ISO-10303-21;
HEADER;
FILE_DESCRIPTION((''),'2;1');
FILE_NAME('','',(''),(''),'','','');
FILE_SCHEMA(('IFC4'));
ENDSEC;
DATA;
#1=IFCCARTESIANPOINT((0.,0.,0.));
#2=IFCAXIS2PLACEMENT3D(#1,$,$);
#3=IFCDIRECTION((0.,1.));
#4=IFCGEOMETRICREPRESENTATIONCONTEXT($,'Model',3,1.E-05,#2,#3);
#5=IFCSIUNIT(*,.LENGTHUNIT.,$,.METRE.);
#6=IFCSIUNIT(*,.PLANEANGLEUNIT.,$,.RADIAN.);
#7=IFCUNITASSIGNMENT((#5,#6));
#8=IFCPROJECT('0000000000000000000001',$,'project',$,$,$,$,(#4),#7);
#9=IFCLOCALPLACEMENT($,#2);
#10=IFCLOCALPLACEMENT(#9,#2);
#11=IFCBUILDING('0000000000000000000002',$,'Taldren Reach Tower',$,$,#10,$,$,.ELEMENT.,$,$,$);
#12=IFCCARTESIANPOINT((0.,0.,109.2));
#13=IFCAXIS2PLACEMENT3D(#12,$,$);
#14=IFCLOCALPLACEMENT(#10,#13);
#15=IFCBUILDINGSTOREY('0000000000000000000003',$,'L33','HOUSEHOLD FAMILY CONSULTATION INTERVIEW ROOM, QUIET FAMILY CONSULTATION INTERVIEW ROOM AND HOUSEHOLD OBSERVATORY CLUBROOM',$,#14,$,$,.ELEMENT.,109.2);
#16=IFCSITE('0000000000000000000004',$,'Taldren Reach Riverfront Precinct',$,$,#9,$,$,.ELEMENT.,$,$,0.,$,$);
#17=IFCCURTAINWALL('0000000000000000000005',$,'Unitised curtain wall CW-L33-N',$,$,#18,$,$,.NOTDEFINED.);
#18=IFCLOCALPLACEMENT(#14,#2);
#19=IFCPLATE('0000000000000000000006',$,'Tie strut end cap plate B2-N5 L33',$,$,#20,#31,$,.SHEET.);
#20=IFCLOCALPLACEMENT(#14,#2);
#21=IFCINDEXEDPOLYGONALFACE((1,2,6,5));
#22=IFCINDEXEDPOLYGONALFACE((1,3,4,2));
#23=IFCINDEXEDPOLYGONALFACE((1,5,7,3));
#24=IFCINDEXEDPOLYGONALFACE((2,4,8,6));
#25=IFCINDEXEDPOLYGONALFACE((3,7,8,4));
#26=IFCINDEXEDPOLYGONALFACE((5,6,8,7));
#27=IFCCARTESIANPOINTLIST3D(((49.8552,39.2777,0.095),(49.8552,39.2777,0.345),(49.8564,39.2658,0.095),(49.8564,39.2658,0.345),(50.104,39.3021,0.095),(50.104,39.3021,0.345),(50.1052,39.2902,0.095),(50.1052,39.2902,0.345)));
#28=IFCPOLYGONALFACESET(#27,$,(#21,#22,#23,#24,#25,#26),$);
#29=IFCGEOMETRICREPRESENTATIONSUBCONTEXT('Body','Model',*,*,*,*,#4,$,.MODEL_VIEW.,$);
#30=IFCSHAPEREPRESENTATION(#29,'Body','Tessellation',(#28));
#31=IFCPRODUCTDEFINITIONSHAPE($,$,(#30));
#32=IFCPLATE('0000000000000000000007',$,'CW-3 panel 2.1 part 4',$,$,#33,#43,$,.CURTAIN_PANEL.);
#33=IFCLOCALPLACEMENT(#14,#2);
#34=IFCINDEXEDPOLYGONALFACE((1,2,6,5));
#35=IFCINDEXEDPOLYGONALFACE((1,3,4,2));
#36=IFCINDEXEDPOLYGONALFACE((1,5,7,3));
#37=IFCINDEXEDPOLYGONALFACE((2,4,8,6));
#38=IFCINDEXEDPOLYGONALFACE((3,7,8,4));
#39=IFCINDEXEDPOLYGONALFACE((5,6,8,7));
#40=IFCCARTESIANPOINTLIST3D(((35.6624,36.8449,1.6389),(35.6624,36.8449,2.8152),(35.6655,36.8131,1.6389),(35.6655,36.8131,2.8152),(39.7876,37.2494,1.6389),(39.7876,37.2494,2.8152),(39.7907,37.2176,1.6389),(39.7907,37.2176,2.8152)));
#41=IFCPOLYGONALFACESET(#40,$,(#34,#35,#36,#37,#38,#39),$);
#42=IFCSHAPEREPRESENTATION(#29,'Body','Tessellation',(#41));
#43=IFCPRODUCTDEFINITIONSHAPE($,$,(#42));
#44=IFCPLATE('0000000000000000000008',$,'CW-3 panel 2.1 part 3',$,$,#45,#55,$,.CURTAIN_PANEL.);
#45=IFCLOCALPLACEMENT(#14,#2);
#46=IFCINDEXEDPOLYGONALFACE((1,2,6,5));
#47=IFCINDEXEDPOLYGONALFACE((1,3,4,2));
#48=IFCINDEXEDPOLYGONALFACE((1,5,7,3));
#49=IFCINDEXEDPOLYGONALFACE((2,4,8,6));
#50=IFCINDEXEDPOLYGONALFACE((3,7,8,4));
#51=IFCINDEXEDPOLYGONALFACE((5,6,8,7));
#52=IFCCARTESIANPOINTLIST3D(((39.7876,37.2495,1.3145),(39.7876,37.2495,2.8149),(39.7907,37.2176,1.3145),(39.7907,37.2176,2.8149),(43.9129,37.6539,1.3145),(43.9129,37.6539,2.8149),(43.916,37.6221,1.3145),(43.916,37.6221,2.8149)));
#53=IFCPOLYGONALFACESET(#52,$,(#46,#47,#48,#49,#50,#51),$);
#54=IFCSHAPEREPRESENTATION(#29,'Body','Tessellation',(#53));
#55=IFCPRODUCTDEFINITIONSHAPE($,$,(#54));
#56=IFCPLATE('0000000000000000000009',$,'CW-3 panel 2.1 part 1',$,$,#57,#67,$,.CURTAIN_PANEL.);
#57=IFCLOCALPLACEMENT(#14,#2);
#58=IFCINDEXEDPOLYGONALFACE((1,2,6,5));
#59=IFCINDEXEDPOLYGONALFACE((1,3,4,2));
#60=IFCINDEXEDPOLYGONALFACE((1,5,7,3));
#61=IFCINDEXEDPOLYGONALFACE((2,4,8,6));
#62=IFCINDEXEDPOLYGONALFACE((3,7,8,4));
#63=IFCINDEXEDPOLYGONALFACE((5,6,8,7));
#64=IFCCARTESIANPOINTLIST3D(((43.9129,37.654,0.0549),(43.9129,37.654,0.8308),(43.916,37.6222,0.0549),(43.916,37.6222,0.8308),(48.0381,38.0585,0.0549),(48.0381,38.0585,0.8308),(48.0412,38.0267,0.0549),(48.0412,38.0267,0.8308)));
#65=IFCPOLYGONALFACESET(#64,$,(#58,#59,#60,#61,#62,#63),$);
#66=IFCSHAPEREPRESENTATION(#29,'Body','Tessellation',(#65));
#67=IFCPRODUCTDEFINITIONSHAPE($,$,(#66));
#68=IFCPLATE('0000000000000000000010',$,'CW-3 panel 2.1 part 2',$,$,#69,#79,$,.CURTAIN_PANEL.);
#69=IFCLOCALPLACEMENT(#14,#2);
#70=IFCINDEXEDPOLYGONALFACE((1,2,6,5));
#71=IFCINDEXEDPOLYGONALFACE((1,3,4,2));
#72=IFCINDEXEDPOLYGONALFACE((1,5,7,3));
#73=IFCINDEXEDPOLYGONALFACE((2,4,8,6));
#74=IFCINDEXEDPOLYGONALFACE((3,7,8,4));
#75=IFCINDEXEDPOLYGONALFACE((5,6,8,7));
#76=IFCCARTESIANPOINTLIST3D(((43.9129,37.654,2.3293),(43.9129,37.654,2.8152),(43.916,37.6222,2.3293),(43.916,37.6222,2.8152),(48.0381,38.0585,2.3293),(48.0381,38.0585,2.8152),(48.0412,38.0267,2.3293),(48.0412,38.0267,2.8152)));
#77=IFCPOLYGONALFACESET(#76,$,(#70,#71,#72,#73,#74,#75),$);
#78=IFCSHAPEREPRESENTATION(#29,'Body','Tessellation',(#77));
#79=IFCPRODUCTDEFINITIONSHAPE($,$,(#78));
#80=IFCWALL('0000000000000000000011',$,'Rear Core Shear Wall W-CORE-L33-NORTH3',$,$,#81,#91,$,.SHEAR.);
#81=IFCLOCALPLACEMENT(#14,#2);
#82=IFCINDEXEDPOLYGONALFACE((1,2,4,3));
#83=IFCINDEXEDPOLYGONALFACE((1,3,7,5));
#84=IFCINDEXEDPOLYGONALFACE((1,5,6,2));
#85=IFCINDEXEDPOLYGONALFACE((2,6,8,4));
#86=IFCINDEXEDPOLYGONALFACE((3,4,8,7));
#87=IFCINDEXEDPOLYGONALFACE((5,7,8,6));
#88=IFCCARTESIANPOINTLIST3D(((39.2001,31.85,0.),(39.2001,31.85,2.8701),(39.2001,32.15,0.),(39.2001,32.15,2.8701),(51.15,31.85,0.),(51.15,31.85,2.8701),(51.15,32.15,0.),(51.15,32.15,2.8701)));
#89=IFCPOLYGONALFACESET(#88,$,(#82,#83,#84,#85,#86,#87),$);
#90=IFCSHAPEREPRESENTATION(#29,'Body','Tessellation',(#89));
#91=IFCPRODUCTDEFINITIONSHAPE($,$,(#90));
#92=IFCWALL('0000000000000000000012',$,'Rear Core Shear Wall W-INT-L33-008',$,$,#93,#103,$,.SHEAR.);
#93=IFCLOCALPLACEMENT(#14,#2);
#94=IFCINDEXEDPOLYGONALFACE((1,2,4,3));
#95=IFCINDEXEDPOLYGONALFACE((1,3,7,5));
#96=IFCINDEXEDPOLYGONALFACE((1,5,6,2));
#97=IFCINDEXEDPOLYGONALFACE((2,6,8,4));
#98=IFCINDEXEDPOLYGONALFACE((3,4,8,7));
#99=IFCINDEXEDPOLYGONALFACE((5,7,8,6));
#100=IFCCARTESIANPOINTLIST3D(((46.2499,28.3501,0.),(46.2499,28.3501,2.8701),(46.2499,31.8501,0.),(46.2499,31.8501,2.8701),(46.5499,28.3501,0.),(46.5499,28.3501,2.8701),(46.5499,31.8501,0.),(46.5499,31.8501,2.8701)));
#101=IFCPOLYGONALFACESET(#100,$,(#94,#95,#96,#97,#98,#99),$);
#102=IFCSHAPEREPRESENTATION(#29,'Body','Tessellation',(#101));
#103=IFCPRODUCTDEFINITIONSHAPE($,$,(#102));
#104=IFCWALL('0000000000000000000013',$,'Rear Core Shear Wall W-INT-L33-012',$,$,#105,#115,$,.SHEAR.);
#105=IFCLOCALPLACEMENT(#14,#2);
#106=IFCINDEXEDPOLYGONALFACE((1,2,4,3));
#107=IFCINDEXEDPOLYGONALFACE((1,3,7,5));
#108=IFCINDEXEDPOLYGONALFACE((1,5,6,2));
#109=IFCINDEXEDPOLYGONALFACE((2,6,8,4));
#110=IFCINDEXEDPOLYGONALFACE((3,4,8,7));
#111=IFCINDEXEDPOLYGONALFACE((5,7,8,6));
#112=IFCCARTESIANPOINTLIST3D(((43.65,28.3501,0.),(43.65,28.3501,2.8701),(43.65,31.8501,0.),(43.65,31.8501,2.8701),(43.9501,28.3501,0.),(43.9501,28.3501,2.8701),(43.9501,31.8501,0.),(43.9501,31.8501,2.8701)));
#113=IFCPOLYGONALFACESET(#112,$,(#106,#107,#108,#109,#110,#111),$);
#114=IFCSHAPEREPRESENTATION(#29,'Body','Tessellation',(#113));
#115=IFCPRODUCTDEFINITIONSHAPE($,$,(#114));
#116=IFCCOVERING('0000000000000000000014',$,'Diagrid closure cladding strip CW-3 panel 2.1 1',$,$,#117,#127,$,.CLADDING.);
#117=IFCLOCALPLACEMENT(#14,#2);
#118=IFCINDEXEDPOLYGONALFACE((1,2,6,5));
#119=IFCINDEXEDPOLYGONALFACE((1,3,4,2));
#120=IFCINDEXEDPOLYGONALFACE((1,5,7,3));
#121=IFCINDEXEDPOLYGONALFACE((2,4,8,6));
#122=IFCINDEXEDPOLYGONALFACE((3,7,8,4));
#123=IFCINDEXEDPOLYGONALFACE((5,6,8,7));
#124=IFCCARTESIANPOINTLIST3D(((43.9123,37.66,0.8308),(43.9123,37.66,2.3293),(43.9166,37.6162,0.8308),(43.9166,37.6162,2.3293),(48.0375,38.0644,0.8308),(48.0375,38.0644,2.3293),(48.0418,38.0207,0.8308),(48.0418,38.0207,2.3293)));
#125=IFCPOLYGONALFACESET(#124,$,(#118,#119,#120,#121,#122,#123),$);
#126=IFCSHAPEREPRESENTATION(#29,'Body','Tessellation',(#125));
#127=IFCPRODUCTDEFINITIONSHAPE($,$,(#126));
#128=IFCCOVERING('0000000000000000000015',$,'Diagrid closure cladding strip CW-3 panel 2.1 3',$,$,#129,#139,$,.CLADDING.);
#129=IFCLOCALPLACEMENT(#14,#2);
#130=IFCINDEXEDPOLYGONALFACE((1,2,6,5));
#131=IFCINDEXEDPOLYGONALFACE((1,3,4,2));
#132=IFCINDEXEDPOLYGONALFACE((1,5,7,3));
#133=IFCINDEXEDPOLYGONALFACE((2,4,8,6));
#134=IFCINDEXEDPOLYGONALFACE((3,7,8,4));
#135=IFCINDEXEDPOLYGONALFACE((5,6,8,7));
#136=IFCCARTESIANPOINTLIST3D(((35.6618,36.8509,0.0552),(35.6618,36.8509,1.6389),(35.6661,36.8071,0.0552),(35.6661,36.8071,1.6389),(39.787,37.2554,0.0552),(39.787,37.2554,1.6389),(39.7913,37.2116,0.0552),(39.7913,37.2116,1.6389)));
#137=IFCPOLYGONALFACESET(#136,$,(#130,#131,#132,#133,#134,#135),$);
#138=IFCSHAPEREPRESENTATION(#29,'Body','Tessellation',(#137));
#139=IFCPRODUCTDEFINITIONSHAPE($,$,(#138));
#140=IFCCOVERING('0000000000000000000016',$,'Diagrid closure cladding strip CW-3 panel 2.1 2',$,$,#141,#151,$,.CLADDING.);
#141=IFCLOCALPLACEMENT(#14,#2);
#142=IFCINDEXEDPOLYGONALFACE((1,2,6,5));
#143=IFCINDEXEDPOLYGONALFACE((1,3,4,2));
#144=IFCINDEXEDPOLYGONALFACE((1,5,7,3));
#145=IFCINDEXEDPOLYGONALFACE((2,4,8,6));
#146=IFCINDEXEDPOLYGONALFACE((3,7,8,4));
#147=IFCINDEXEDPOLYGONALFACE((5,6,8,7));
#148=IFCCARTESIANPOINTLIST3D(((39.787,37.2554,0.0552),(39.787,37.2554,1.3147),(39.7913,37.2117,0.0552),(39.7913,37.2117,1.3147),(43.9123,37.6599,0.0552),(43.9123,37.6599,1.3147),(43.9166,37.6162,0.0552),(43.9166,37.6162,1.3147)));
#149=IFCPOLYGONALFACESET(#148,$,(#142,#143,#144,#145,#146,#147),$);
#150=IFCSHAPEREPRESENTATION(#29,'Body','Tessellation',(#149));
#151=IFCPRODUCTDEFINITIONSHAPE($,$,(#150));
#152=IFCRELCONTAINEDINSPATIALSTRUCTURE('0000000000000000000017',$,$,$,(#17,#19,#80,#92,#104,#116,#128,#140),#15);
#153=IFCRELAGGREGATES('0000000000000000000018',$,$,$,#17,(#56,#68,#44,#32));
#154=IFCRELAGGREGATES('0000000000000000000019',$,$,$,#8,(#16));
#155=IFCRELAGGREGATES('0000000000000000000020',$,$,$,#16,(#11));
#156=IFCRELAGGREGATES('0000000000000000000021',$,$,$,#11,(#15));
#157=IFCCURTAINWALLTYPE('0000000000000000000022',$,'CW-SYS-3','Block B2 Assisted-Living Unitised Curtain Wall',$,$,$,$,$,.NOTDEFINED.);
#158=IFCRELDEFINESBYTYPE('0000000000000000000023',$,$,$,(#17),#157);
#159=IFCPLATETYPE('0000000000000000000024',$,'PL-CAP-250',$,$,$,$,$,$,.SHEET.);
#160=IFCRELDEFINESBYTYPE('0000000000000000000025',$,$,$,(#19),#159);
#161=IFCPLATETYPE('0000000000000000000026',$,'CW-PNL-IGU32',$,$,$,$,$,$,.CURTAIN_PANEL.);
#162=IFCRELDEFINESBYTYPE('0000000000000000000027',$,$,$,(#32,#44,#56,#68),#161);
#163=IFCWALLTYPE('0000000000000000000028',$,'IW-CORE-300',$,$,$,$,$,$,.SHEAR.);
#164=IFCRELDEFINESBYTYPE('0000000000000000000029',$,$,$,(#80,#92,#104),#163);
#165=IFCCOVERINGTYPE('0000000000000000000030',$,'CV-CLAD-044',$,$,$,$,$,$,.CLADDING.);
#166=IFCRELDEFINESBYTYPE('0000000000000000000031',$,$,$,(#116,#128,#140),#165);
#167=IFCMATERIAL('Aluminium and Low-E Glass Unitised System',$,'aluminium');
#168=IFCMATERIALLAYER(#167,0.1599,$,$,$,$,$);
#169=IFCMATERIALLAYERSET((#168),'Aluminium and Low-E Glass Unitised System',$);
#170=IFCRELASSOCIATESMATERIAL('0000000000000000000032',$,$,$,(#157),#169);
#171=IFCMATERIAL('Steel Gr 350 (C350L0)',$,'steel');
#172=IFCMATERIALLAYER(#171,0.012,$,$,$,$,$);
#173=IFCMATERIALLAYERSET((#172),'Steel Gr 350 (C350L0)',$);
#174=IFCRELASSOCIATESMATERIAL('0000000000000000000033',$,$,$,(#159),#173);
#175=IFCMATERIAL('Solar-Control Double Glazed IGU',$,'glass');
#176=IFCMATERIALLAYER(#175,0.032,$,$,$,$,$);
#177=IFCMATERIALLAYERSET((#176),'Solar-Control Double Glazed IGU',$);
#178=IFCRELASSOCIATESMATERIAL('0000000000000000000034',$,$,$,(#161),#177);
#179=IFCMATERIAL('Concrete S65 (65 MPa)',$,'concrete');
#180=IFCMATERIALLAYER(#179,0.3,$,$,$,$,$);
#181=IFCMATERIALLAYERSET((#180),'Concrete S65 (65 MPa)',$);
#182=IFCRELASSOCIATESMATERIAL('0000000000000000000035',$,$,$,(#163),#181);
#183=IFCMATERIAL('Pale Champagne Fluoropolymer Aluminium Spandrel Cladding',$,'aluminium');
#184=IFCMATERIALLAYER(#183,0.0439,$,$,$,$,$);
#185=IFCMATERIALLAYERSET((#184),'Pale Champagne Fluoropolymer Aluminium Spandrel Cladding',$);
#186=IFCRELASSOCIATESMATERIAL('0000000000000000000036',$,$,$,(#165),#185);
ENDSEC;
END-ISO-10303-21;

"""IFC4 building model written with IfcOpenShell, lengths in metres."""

from ifc_helpers import new_model, si_unit, direction, frame, frame_2d, origin, origin_2d, place, context, subcontext, project, spatial, rectangle, extrude, source, transform, mapped, material, layer, layer_set, type_object, element, aggregate, save


model = new_model("IFC4")

# Units and contexts
model_context = context("Model", 3, precision=1e-05, world=origin(), true_north=direction((0.0, 1.0)))
body_context = subcontext(model_context, "Body", "Model", "MODEL_VIEW")
ifc_project = project(units=[si_unit("LENGTHUNIT", "METRE"), si_unit("PLANEANGLEUNIT", "RADIAN")], contexts=[model_context])

# Site, building, storey
site_placement = place(None, origin())
site = spatial("IfcSite", under=ifc_project, at=site_placement, Name="Taldren Reach Riverfront Precinct", CompositionType="ELEMENT", RefElevation=0.0)
building_placement = place(site_placement, origin())
building = spatial("IfcBuilding", under=site, at=building_placement, Name="Taldren Reach Tower", CompositionType="ELEMENT")
storey_placement = place(building_placement, frame((0.0, 0.0, 109.2)))
storey = spatial("IfcBuildingStorey", under=building, at=storey_placement, Name="L33", Description="HOUSEHOLD FAMILY CONSULTATION INTERVIEW ROOM, QUIET FAMILY CONSULTATION INTERVIEW ROOM AND HOUSEHOLD OBSERVATORY CLUBROOM", CompositionType="ELEMENT", Elevation=109.2)

# Shared definitions
ifc_material_1 = material(Name="Concrete S65 (65 MPa)", Category="concrete")

# Shared definitions
ifc_material_2 = material(Name="Steel Gr 350 (C350L0)", Category="steel")

# Curtain wall
ifc_material_3 = material(Name="Aluminium and Low-E Glass Unitised System", Category="aluminium")
ifc_layer_1 = layer(ifc_material_3, 0.1599)
ifc_layer_set_1 = layer_set([ifc_layer_1], Name="Aluminium and Low-E Glass Unitised System")
curtain_wall_type = type_object("IfcCurtainWallType", Name="CW-SYS-3", Description="Block B2 Assisted-Living Unitised Curtain Wall", PredefinedType="NOTDEFINED", material=ifc_layer_set_1)
curtain_wall_placement = place(storey_placement, origin())
curtain_wall = element("IfcCurtainWall", 1, at=curtain_wall_placement, inside=storey, type_object=curtain_wall_type, Name="Unitised curtain wall CW-L33-N", PredefinedType="NOTDEFINED")

# Plate
ifc_layer_2 = layer(ifc_material_2, 0.012)
ifc_layer_set_2 = layer_set([ifc_layer_2], Name="Steel Gr 350 (C350L0)")
plate_type_1 = type_object("IfcPlateType", Name="PL-CAP-250", PredefinedType="SHEET", material=ifc_layer_set_2)
shared_shape_1 = source(origin(), body_context, "Body", "SweptSolid", [
    extrude(rectangle(XDim=0.25, YDim=0.012, at=origin_2d()), origin(), (0.0, 0.0, 1.0), 0.25),
])
plate_1_placement = place(storey_placement, frame((49.9802, 39.2839, 0.095), z_axis=(0.0, 0.0, 1.0), x_axis=(0.995227, 0.097583, 0.0)))
element("IfcPlate", 2, at=plate_1_placement, inside=storey, type_object=plate_type_1, Name="Tie strut end cap plate B2-N5 L33", PredefinedType="SHEET", context=body_context, shape_type="MappedRepresentation", body=[
    mapped(shared_shape_1, transform((0.0, 0.0, 0.0), scale=1.0)),
])

# Plates
ifc_material_4 = material(Name="Solar-Control Double Glazed IGU", Category="glass")
ifc_layer_3 = layer(ifc_material_4, 0.032)
ifc_layer_set_3 = layer_set([ifc_layer_3], Name="Solar-Control Double Glazed IGU")
plate_type_2 = type_object("IfcPlateType", Name="CW-PNL-IGU32", PredefinedType="CURTAIN_PANEL", material=ifc_layer_set_3)
shared_shape_2 = source(origin(), body_context, "Body", "SweptSolid", [
    extrude(rectangle(XDim=4.145, YDim=0.032, at=origin_2d()), origin(), (0.0, 0.0, 1.0), 1.1763),
])
plate_2_placement = place(storey_placement, frame((37.7266, 37.0312, 1.6389), z_axis=(0.0, 0.0, 1.0), x_axis=(-0.995227, -0.097583, 0.0)))
plate_2 = element("IfcPlate", 3, at=plate_2_placement, type_object=plate_type_2, Name="CW-3 panel 2.1 part 4", PredefinedType="CURTAIN_PANEL", context=body_context, shape_type="MappedRepresentation", body=[
    mapped(shared_shape_2, transform((0.0, 0.0, 0.0), scale=1.0)),
])
shared_shape_3 = source(origin(), body_context, "Body", "SweptSolid", [
    extrude(rectangle(XDim=4.145, YDim=0.032, at=origin_2d()), origin(), (0.0, 0.0, 1.0), 1.5005),
])
plate_3_placement = place(storey_placement, frame((41.8518, 37.4358, 1.3145), z_axis=(0.0, 0.0, 1.0), x_axis=(-0.995227, -0.097583, 0.0)))
plate_3 = element("IfcPlate", 4, at=plate_3_placement, type_object=plate_type_2, Name="CW-3 panel 2.1 part 3", PredefinedType="CURTAIN_PANEL", context=body_context, shape_type="MappedRepresentation", body=[
    mapped(shared_shape_3, transform((0.0, 0.0, 0.0), scale=1.0)),
])
shared_shape_4 = source(origin(), body_context, "Body", "SweptSolid", [
    extrude(rectangle(XDim=4.145, YDim=0.032, at=origin_2d()), origin(), (0.0, 0.0, 1.0), 0.7759),
])
plate_4_placement = place(storey_placement, frame((45.9771, 37.8403, 0.0549), z_axis=(0.0, 0.0, 1.0), x_axis=(-0.995227, -0.097583, 0.0)))
plate_4 = element("IfcPlate", 5, at=plate_4_placement, type_object=plate_type_2, Name="CW-3 panel 2.1 part 1", PredefinedType="CURTAIN_PANEL", context=body_context, shape_type="MappedRepresentation", body=[
    mapped(shared_shape_4, transform((0.0, 0.0, 0.0), scale=1.0)),
])
shared_shape_5 = source(origin(), body_context, "Body", "SweptSolid", [
    extrude(rectangle(XDim=4.145, YDim=0.032, at=origin_2d()), origin(), (0.0, 0.0, 1.0), 0.4858),
])
plate_5_placement = place(storey_placement, frame((45.9771, 37.8403, 2.3293), z_axis=(0.0, 0.0, 1.0), x_axis=(-0.995227, -0.097583, 0.0)))
plate_5 = element("IfcPlate", 6, at=plate_5_placement, type_object=plate_type_2, Name="CW-3 panel 2.1 part 2", PredefinedType="CURTAIN_PANEL", context=body_context, shape_type="MappedRepresentation", body=[
    mapped(shared_shape_5, transform((0.0, 0.0, 0.0), scale=1.0)),
])
aggregate(curtain_wall, [plate_4, plate_5, plate_3, plate_2])

# Walls
ifc_layer_4 = layer(ifc_material_1, 0.3)
ifc_layer_set_4 = layer_set([ifc_layer_4], Name="Concrete S65 (65 MPa)")
wall_type = type_object("IfcWallType", Name="IW-CORE-300", PredefinedType="SHEAR", material=ifc_layer_set_4)
shared_shape_6 = source(origin(), body_context, "Body", "SweptSolid", [
    extrude(rectangle(XDim=11.95, YDim=0.3, at=frame_2d((5.9751, 0.0))), origin(), (0.0, 0.0, 1.0), 2.8701),
])
wall_placement = place(storey_placement, frame((39.2, 32.0, 0.0), z_axis=(0.0, 0.0, 1.0), x_axis=(1.0, 0.0, 0.0)))
element("IfcWall", 7, at=wall_placement, inside=storey, type_object=wall_type, Name="Rear Core Shear Wall W-CORE-L33-NORTH3", PredefinedType="SHEAR", context=body_context, shape_type="MappedRepresentation", body=[
    mapped(shared_shape_6, transform((0.0, 0.0, 0.0), scale=1.0)),
])
shared_shape_7 = source(origin(), body_context, "Body", "SweptSolid", [
    extrude(rectangle(XDim=3.5, YDim=0.3, at=frame_2d((1.75, 0.0))), origin(), (0.0, 0.0, 1.0), 2.8701),
])
for number, where, z_axis, x_axis, name in (
    (8, (46.3999, 31.8501, 0.0), (0.0, 0.0, 1.0), (0.0, -1.0, 0.0), "Rear Core Shear Wall W-INT-L33-008"),
    (9, (43.8, 31.8501, 0.0), (0.0, 0.0, 1.0), (0.0, -1.0, 0.0), "Rear Core Shear Wall W-INT-L33-012"),
):
    element("IfcWall", number, at=place(storey_placement, frame(where, z_axis=z_axis, x_axis=x_axis)), inside=storey, type_object=wall_type, Name=name, PredefinedType="SHEAR", context=body_context, shape_type="MappedRepresentation", body=[
        mapped(shared_shape_7, transform((0.0, 0.0, 0.0), scale=1.0)),
    ])

# Coverings
ifc_material_5 = material(Name="Pale Champagne Fluoropolymer Aluminium Spandrel Cladding", Category="aluminium")
ifc_layer_5 = layer(ifc_material_5, 0.0439)
ifc_layer_set_5 = layer_set([ifc_layer_5], Name="Pale Champagne Fluoropolymer Aluminium Spandrel Cladding")
covering_type = type_object("IfcCoveringType", Name="CV-CLAD-044", PredefinedType="CLADDING", material=ifc_layer_set_5)
shared_shape_8 = source(origin(), body_context, "Body", "SweptSolid", [
    extrude(rectangle(XDim=4.145, YDim=0.0439, at=origin_2d()), origin(), (0.0, 0.0, 1.0), 1.4985),
])
covering_1_placement = place(storey_placement, frame((45.9771, 37.8403, 0.8308), z_axis=(0.0, 0.0, 1.0), x_axis=(-0.995227, -0.097583, 0.0)))
element("IfcCovering", 10, at=covering_1_placement, inside=storey, type_object=covering_type, Name="Diagrid closure cladding strip CW-3 panel 2.1 1", PredefinedType="CLADDING", context=body_context, shape_type="MappedRepresentation", body=[
    mapped(shared_shape_8, transform((0.0, 0.0, 0.0), scale=1.0)),
])
shared_shape_9 = source(origin(), body_context, "Body", "SweptSolid", [
    extrude(rectangle(XDim=4.145, YDim=0.0439, at=origin_2d()), origin(), (0.0, 0.0, 1.0), 1.5837),
])
covering_2_placement = place(storey_placement, frame((37.7266, 37.0312, 0.0552), z_axis=(0.0, 0.0, 1.0), x_axis=(-0.995227, -0.097583, 0.0)))
element("IfcCovering", 11, at=covering_2_placement, inside=storey, type_object=covering_type, Name="Diagrid closure cladding strip CW-3 panel 2.1 3", PredefinedType="CLADDING", context=body_context, shape_type="MappedRepresentation", body=[
    mapped(shared_shape_9, transform((0.0, 0.0, 0.0), scale=1.0)),
])
shared_shape_10 = source(origin(), body_context, "Body", "SweptSolid", [
    extrude(rectangle(XDim=4.145, YDim=0.0439, at=origin_2d()), origin(), (0.0, 0.0, 1.0), 1.2595),
])
covering_3_placement = place(storey_placement, frame((41.8518, 37.4358, 0.0552), z_axis=(0.0, 0.0, 1.0), x_axis=(-0.995227, -0.097583, 0.0)))
element("IfcCovering", 12, at=covering_3_placement, inside=storey, type_object=covering_type, Name="Diagrid closure cladding strip CW-3 panel 2.1 2", PredefinedType="CLADDING", context=body_context, shape_type="MappedRepresentation", body=[
    mapped(shared_shape_10, transform((0.0, 0.0, 0.0), scale=1.0)),
])

save(model, "model.ifc")
